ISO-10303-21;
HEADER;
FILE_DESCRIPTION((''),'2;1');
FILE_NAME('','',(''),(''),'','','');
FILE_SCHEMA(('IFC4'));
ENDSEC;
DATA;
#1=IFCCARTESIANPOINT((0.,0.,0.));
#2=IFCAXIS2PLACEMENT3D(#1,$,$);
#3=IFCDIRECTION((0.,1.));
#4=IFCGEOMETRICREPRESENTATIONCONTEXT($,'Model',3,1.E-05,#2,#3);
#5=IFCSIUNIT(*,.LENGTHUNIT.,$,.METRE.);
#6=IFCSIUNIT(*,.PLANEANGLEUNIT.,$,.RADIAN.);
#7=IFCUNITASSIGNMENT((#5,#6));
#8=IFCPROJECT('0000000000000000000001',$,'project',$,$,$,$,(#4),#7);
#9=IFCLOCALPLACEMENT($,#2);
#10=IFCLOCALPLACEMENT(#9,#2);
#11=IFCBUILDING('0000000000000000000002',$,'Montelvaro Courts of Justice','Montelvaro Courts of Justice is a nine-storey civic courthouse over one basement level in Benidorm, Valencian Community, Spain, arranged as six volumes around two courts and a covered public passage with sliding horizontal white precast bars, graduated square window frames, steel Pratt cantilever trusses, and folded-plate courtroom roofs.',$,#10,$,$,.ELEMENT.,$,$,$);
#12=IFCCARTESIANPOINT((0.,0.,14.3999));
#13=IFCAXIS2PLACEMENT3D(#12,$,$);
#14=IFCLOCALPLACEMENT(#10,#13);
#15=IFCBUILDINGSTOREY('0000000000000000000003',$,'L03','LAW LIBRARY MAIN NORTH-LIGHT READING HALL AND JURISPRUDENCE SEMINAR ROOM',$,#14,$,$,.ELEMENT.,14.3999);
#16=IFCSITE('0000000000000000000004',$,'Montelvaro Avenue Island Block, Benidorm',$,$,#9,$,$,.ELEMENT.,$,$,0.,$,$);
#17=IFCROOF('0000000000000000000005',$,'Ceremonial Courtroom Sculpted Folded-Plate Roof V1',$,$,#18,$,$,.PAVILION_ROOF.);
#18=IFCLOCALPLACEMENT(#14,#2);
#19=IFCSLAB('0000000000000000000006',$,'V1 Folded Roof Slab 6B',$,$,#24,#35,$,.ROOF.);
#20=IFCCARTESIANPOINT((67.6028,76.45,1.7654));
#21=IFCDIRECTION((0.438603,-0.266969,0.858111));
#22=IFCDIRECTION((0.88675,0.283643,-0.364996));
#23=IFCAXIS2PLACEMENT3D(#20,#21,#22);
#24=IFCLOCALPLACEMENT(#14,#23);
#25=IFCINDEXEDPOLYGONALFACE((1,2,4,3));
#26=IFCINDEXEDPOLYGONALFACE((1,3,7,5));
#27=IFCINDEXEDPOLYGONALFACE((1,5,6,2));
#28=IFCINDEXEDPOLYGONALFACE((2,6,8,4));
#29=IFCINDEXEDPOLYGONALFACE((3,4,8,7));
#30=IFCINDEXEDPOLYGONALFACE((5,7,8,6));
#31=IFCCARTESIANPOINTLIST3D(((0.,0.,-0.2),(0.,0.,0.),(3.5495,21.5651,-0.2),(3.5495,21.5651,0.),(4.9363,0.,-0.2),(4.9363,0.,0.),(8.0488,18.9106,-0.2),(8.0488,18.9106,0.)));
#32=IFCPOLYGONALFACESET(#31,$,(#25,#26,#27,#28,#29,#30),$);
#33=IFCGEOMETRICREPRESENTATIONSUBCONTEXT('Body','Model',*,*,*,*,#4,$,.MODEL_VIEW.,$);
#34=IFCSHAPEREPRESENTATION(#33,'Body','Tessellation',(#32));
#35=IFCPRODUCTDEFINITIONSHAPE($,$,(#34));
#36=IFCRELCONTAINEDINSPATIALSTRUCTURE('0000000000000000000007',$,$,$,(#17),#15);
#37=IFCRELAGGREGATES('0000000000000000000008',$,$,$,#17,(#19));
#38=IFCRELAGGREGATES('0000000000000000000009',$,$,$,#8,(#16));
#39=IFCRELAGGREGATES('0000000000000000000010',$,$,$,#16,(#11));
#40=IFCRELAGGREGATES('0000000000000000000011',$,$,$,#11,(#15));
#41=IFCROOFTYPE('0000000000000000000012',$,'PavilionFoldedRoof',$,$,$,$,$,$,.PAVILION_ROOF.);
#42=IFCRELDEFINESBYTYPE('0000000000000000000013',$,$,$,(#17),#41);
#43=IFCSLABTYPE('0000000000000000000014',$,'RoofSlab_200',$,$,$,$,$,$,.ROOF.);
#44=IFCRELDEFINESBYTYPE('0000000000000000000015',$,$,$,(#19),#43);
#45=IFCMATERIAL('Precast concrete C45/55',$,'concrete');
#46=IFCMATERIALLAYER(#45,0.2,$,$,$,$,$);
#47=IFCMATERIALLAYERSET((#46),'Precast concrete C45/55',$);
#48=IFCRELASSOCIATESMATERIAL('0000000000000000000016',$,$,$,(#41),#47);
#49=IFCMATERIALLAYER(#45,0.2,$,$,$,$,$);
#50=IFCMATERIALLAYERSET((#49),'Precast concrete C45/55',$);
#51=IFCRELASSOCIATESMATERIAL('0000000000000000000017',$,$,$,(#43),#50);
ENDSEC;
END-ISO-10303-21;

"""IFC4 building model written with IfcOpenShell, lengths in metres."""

from ifc_helpers import new_model, si_unit, direction, frame, origin, place, context, subcontext, project, spatial, polyline, outline, extrude, material, layer, layer_set, type_object, element, aggregate, save


model = new_model("IFC4")

# Units and contexts
model_context = context("Model", 3, precision=1e-05, world=origin(), true_north=direction((0.0, 1.0)))
body_context = subcontext(model_context, "Body", "Model", "MODEL_VIEW")
ifc_project = project(units=[si_unit("LENGTHUNIT", "METRE"), si_unit("PLANEANGLEUNIT", "RADIAN")], contexts=[model_context])

# Site, building, storey
site_placement = place(None, origin())
site = spatial("IfcSite", under=ifc_project, at=site_placement, Name="Montelvaro Avenue Island Block, Benidorm", CompositionType="ELEMENT", RefElevation=0.0)
building_placement = place(site_placement, origin())
building = spatial("IfcBuilding", under=site, at=building_placement, Name="Montelvaro Courts of Justice", Description="Montelvaro Courts of Justice is a nine-storey civic courthouse over one basement level in Benidorm, Valencian Community, Spain, arranged as six volumes around two courts and a covered public passage with sliding horizontal white precast bars, graduated square window frames, steel Pratt cantilever trusses, and folded-plate courtroom roofs.", CompositionType="ELEMENT")
storey_placement = place(building_placement, frame((0.0, 0.0, 14.3999)))
storey = spatial("IfcBuildingStorey", under=building, at=storey_placement, Name="L03", Description="LAW LIBRARY MAIN NORTH-LIGHT READING HALL AND JURISPRUDENCE SEMINAR ROOM", CompositionType="ELEMENT", Elevation=14.3999)

# Roof, slab
ifc_material_1 = material(Name="Precast concrete C45/55", Category="concrete")
ifc_layer_1 = layer(ifc_material_1, 0.2)
ifc_layer_set_1 = layer_set([ifc_layer_1], Name="Precast concrete C45/55")
roof_type = type_object("IfcRoofType", Name="PavilionFoldedRoof", PredefinedType="PAVILION_ROOF", material=ifc_layer_set_1)
roof_placement = place(storey_placement, origin())
roof = element("IfcRoof", 1, at=roof_placement, inside=storey, type_object=roof_type, Name="Ceremonial Courtroom Sculpted Folded-Plate Roof V1", PredefinedType="PAVILION_ROOF")
ifc_layer_2 = layer(ifc_material_1, 0.2)
ifc_layer_set_2 = layer_set([ifc_layer_2], Name="Precast concrete C45/55")
slab_type = type_object("IfcSlabType", Name="RoofSlab_200", PredefinedType="ROOF", material=ifc_layer_set_2)
slab_1_placement = place(storey_placement, frame((67.6028, 76.45, 1.7654), z_axis=(0.438603, -0.266969, 0.858111), x_axis=(0.88675, 0.283643, -0.364996)))
slab_1 = element("IfcSlab", 2, at=slab_1_placement, type_object=slab_type, Name="V1 Folded Roof Slab 6B", PredefinedType="ROOF", context=body_context, shape_type="SweptSolid", body=[
    extrude(outline(polyline([(0.0, 0.0), (4.9363, 0.0), (8.0488, 18.9106), (3.5495, 21.5651), (0.0, 0.0)])), origin(), (0.0, 0.0, -1.0), 0.2),
])
aggregate(roof, [slab_1])

save(model, "model.ifc")
